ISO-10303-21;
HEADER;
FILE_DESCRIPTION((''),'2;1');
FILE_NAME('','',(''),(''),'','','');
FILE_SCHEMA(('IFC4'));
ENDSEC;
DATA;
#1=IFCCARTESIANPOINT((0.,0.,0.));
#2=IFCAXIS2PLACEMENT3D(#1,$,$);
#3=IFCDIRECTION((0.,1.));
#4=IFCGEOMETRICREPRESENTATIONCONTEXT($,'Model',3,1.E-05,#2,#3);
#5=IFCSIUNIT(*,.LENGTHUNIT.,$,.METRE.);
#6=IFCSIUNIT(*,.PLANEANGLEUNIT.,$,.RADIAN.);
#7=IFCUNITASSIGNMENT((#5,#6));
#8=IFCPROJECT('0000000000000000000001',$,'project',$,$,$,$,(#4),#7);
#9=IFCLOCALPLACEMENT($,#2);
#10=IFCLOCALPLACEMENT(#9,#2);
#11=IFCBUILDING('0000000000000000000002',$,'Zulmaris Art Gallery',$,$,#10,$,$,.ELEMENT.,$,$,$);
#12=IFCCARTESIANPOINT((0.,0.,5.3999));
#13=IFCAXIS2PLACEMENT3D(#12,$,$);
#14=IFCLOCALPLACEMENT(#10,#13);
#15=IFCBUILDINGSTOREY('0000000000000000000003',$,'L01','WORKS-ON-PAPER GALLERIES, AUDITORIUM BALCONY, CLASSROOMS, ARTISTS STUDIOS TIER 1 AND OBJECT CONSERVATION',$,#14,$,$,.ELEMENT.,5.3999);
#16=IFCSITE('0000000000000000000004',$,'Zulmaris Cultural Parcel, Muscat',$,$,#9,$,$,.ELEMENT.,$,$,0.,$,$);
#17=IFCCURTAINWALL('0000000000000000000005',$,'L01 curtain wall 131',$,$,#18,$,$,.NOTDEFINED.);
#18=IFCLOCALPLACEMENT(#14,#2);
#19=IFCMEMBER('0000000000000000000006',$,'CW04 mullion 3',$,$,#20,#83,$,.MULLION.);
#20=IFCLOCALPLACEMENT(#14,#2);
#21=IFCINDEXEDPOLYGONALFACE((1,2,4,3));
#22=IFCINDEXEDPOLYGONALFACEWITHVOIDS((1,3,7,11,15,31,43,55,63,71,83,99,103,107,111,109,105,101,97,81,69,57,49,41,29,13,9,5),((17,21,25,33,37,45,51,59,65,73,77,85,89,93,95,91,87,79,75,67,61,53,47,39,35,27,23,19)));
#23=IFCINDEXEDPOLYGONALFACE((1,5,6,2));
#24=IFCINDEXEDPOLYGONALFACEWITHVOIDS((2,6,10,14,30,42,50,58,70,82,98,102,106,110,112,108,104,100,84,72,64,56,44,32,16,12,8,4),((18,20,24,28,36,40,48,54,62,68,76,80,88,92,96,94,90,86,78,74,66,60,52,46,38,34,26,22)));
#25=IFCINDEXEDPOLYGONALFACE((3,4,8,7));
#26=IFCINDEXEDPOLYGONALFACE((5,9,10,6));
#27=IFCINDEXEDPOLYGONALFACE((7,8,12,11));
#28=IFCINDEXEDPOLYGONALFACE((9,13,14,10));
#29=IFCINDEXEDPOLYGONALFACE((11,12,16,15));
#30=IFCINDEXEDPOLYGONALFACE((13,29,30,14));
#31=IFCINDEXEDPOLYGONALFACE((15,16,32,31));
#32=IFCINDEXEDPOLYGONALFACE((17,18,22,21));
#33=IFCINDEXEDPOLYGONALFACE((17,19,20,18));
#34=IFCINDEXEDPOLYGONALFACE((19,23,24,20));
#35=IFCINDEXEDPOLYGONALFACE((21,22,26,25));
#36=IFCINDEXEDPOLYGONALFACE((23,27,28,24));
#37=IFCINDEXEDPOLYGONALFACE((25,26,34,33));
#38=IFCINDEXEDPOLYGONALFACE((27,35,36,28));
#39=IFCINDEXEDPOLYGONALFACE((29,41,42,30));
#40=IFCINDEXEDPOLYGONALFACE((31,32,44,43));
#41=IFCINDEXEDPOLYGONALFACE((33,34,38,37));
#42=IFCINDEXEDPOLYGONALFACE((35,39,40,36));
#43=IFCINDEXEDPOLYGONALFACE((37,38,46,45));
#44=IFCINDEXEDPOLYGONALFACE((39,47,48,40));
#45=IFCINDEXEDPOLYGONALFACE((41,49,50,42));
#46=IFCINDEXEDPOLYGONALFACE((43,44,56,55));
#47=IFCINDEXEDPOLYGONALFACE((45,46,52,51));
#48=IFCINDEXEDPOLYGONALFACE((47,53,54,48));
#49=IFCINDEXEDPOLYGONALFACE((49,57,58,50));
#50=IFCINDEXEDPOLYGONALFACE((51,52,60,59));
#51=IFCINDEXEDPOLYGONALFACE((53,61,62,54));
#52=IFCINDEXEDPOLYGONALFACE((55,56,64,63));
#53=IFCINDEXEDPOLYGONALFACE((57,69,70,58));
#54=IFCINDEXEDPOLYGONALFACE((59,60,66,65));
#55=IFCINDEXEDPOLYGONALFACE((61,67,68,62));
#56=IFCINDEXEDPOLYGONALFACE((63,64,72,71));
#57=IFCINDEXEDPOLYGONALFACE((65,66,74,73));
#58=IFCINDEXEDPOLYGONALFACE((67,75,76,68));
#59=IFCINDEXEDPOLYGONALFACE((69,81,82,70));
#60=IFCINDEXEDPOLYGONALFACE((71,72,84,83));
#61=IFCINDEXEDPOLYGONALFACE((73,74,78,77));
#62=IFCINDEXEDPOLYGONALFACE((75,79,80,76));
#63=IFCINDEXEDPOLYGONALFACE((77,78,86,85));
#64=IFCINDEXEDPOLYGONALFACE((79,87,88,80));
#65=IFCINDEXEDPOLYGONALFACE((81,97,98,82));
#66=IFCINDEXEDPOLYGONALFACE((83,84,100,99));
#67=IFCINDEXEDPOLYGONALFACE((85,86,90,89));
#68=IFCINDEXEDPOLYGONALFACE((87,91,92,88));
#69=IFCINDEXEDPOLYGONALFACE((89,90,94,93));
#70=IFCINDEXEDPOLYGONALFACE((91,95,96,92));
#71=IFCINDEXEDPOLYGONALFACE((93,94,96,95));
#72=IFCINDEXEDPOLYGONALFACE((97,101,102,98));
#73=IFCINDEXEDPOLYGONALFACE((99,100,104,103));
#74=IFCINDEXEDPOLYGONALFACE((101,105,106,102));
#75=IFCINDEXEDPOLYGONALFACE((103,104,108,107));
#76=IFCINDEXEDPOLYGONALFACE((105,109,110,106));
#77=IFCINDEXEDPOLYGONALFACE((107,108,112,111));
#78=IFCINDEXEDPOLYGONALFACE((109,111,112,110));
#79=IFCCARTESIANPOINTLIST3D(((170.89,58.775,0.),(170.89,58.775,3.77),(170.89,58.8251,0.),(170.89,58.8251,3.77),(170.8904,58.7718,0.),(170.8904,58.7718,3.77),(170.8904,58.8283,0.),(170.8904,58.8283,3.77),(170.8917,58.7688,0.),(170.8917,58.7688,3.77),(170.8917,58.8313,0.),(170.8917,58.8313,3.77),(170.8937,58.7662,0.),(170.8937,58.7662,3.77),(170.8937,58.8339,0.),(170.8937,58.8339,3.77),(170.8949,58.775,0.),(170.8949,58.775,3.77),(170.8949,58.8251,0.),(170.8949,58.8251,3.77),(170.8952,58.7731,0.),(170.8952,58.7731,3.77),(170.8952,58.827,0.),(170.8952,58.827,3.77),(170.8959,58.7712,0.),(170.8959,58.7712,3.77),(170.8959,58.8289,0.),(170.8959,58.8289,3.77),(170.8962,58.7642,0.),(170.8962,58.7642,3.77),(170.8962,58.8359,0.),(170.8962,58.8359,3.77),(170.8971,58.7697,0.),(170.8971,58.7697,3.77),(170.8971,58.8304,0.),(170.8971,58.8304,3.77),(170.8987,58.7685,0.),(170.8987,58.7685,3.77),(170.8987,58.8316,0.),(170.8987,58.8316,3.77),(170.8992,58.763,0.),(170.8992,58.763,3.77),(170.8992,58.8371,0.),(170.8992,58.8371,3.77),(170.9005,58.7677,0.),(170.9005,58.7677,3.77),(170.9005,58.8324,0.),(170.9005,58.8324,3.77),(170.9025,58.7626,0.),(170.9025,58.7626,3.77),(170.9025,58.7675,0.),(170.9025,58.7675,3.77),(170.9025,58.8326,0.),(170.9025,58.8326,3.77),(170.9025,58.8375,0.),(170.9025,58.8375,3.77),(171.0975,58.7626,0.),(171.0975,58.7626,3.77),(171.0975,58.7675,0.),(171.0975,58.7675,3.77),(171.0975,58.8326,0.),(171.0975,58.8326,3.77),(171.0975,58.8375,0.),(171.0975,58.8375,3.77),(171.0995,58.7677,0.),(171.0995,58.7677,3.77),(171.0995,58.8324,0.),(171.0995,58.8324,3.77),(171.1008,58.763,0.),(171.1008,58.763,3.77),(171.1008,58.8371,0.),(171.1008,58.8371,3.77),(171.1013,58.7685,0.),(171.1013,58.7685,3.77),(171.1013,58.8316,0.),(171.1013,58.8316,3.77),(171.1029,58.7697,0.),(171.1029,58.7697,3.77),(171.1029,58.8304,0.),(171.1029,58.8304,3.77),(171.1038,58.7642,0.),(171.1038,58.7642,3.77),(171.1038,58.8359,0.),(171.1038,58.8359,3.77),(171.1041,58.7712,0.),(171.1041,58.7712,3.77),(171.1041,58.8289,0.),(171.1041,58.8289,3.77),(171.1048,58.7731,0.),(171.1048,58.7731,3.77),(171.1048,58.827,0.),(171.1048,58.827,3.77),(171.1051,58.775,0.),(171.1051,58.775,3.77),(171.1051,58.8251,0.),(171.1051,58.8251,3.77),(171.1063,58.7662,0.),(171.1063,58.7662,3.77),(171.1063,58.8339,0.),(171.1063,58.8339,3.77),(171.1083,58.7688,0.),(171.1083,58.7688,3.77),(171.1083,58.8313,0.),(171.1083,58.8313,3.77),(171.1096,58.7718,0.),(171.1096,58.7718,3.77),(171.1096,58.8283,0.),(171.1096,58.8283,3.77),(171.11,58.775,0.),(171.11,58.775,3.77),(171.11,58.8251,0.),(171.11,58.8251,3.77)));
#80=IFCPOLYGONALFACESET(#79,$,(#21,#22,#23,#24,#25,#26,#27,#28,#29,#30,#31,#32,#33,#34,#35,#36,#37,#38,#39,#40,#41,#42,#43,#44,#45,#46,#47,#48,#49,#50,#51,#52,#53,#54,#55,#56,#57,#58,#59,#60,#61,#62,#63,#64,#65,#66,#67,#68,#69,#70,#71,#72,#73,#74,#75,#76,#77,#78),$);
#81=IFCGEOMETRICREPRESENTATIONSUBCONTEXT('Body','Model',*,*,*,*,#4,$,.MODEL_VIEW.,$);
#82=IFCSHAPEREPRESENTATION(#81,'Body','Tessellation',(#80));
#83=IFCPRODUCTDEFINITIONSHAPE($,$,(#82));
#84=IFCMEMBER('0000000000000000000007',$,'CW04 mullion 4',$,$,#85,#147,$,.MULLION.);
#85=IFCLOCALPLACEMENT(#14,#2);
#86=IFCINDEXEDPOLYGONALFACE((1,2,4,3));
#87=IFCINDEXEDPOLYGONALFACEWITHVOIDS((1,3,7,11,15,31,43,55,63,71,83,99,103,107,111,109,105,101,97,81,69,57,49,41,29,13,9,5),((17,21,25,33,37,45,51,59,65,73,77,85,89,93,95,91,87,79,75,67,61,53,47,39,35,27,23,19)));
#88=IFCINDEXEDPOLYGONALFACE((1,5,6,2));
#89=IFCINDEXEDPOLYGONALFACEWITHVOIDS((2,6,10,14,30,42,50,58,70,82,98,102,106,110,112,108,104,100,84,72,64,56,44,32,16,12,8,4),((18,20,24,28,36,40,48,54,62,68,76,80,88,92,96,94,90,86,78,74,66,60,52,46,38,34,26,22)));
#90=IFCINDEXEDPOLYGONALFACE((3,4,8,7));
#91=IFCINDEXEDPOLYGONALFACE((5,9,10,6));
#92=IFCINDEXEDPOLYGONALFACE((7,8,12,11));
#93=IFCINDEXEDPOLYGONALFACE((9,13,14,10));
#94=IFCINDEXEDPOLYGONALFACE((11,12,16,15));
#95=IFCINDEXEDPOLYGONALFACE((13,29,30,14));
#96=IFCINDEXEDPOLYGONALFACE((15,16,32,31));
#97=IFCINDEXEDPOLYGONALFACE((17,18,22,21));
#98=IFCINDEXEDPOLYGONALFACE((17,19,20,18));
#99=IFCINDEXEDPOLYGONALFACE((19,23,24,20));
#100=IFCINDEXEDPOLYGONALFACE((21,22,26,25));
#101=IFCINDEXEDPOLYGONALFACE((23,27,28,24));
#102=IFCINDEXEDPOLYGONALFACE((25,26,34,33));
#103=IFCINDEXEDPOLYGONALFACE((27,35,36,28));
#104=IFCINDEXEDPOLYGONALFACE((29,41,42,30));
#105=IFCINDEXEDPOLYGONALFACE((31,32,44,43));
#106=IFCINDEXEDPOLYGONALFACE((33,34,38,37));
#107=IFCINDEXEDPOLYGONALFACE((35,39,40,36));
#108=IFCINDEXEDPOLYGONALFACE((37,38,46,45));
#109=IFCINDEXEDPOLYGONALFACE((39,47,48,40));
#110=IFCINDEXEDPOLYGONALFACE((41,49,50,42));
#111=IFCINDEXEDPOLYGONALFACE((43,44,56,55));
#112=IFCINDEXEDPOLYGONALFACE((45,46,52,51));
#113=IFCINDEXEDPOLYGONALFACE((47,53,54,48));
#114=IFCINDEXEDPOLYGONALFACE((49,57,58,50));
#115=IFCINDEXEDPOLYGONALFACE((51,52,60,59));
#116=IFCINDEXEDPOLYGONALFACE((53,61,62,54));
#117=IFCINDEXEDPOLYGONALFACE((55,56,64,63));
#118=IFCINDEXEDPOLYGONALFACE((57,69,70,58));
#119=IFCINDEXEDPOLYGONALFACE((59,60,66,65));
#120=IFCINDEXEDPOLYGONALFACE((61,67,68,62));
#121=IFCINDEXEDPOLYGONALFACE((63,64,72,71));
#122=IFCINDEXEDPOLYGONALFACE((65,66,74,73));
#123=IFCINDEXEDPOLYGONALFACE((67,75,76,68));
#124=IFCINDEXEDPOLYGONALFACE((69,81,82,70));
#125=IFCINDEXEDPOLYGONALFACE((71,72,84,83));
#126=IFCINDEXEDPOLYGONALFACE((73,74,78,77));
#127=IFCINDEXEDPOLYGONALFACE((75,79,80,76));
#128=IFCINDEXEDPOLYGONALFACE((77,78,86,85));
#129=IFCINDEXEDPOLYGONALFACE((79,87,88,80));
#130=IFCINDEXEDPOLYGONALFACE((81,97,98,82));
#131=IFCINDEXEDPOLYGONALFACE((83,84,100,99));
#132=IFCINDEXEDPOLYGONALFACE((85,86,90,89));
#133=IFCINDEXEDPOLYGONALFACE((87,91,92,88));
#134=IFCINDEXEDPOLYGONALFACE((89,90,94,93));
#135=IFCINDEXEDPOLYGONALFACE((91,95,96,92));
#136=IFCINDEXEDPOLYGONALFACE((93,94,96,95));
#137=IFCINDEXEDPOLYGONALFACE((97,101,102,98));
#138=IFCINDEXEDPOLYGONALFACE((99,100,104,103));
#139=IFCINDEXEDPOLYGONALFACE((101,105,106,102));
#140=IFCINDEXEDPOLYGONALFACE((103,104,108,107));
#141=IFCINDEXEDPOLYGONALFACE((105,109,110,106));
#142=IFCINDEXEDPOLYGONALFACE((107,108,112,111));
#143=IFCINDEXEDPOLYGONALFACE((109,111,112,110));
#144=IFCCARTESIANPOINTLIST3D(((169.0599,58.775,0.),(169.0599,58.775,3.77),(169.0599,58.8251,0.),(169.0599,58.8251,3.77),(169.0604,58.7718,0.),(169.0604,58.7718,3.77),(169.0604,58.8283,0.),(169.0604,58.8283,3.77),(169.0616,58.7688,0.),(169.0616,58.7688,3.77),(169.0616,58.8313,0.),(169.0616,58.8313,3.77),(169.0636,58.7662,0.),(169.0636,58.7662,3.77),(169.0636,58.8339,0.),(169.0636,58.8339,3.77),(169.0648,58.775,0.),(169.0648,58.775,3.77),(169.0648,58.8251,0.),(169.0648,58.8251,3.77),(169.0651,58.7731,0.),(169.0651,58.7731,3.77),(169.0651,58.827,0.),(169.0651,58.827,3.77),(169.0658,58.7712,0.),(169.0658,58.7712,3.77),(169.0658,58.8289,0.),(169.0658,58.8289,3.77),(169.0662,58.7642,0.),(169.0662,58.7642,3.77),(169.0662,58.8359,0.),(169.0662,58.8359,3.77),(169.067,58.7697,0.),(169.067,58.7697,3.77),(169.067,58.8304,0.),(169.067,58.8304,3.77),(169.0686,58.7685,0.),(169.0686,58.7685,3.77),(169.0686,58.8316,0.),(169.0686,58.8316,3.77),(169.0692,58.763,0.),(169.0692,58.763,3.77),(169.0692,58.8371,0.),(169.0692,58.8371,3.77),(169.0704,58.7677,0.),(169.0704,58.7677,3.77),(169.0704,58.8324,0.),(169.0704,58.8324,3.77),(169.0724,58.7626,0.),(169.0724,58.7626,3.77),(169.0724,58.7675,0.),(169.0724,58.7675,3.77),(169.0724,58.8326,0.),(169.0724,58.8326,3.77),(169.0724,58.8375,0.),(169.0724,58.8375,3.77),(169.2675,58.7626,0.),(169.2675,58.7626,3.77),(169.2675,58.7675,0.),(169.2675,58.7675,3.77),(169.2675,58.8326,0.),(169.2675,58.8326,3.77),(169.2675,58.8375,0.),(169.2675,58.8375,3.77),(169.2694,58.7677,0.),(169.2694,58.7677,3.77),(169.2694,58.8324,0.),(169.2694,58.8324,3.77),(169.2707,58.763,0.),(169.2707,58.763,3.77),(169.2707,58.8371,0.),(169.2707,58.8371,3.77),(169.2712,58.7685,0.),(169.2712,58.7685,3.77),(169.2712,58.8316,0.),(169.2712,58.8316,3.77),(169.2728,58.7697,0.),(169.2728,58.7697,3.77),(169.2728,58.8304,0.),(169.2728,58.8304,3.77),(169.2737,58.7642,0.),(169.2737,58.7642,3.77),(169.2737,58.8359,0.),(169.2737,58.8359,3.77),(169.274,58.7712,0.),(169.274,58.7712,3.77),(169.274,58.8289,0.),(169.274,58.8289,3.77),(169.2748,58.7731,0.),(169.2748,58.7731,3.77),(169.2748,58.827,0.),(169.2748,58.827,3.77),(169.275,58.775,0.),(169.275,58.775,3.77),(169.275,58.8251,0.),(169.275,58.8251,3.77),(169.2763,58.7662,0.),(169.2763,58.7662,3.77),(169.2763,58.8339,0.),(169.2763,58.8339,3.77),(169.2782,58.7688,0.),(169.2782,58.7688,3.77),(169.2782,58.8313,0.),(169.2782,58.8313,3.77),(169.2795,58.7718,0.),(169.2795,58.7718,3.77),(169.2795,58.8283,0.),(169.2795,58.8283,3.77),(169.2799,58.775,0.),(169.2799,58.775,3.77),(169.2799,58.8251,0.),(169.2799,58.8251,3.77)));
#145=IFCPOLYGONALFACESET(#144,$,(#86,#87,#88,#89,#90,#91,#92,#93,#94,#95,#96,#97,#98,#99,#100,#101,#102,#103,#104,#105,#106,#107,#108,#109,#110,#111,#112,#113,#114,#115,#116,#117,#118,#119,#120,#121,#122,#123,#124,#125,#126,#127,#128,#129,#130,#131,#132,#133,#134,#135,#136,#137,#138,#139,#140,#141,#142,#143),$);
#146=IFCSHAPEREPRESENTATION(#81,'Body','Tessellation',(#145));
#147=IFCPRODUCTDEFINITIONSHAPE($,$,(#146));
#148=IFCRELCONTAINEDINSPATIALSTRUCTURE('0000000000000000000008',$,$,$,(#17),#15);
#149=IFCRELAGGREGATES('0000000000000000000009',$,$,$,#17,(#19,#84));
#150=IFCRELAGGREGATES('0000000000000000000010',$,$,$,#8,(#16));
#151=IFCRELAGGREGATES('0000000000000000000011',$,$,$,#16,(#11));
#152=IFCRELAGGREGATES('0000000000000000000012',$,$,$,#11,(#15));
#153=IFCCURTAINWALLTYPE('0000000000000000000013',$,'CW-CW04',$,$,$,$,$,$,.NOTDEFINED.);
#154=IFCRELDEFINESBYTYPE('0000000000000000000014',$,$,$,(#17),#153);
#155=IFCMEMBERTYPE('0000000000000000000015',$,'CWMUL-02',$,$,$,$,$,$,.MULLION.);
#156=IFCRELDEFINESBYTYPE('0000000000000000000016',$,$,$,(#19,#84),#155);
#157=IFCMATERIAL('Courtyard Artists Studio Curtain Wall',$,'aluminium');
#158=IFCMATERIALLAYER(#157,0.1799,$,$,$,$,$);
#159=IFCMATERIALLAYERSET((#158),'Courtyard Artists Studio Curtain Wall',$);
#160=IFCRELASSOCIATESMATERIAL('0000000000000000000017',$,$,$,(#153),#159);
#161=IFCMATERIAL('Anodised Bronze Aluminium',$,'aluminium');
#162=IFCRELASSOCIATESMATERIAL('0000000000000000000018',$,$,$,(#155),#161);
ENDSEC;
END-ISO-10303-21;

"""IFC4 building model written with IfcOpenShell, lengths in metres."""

from ifc_helpers import new_model, si_unit, direction, frame, origin, origin_2d, place, context, subcontext, project, spatial, hollow_rectangle, extrude, material, layer, layer_set, material_profile, profile_set, type_object, element, aggregate, save


model = new_model("IFC4")

# Units and contexts
model_context = context("Model", 3, precision=1e-05, world=origin(), true_north=direction((0.0, 1.0)))
body_context = subcontext(model_context, "Body", "Model", "MODEL_VIEW")
ifc_project = project(units=[si_unit("LENGTHUNIT", "METRE"), si_unit("PLANEANGLEUNIT", "RADIAN")], contexts=[model_context])

# Site, building, storey
site_placement = place(None, origin())
site = spatial("IfcSite", under=ifc_project, at=site_placement, Name="Zulmaris Cultural Parcel, Muscat", CompositionType="ELEMENT", RefElevation=0.0)
building_placement = place(site_placement, origin())
building = spatial("IfcBuilding", under=site, at=building_placement, Name="Zulmaris Art Gallery", CompositionType="ELEMENT")
storey_placement = place(building_placement, frame((0.0, 0.0, 5.3999)))
storey = spatial("IfcBuildingStorey", under=building, at=storey_placement, Name="L01", Description="WORKS-ON-PAPER GALLERIES, AUDITORIUM BALCONY, CLASSROOMS, ARTISTS STUDIOS TIER 1 AND OBJECT CONSERVATION", CompositionType="ELEMENT", Elevation=5.3999)

# Curtain wall, members
ifc_material_1 = material(Name="Courtyard Artists Studio Curtain Wall", Category="aluminium")
ifc_layer_1 = layer(ifc_material_1, 0.1799)
ifc_layer_set_1 = layer_set([ifc_layer_1], Name="Courtyard Artists Studio Curtain Wall")
curtain_wall_type = type_object("IfcCurtainWallType", Name="CW-CW04", PredefinedType="NOTDEFINED", material=ifc_layer_set_1)
ifc_material_2 = material(Name="Anodised Bronze Aluminium", Category="aluminium")
ifc_material_profile_1 = material_profile(ifc_material_2, hollow_rectangle(XDim=0.075, YDim=0.22, WallThickness=0.0049, InnerFilletRadius=0.0076, OuterFilletRadius=0.0125, at=origin_2d()), Name="ALU 75x220x5")
ifc_profile_set_1 = profile_set([ifc_material_profile_1], Name="Anodised Bronze Aluminium")
member_type_1 = type_object("IfcMemberType", Name="CWMUL-02", PredefinedType="MULLION", material=ifc_profile_set_1)
curtain_wall_1_placement = place(storey_placement, origin())
curtain_wall_1 = element("IfcCurtainWall", 1, at=curtain_wall_1_placement, inside=storey, type_object=curtain_wall_type, Name="L01 curtain wall 131", PredefinedType="NOTDEFINED")
member_1_placement = place(storey_placement, frame((171.0, 58.8, 0.0), z_axis=(0.0, 0.0, 1.0), x_axis=(0.0, -1.0, 0.0)))
member_1 = element("IfcMember", 2, at=member_1_placement, type_object=member_type_1, Name="CW04 mullion 3", PredefinedType="MULLION", context=body_context, shape_type="SweptSolid", body=[
    extrude(hollow_rectangle(XDim=0.075, YDim=0.22, WallThickness=0.0049, InnerFilletRadius=0.0076, OuterFilletRadius=0.0125, at=origin_2d()), origin(), (0.0, 0.0, 1.0), 3.77),
])
member_2_placement = place(storey_placement, frame((169.1699, 58.8, 0.0), z_axis=(0.0, 0.0, 1.0), x_axis=(0.0, -1.0, 0.0)))
member_2 = element("IfcMember", 3, at=member_2_placement, type_object=member_type_1, Name="CW04 mullion 4", PredefinedType="MULLION", context=body_context, shape_type="SweptSolid", body=[
    extrude(hollow_rectangle(XDim=0.075, YDim=0.22, WallThickness=0.0049, InnerFilletRadius=0.0076, OuterFilletRadius=0.0125, at=origin_2d()), origin(), (0.0, 0.0, 1.0), 3.77),
])

aggregate(curtain_wall_1, [member_1, member_2])

save(model, "model.ifc")
